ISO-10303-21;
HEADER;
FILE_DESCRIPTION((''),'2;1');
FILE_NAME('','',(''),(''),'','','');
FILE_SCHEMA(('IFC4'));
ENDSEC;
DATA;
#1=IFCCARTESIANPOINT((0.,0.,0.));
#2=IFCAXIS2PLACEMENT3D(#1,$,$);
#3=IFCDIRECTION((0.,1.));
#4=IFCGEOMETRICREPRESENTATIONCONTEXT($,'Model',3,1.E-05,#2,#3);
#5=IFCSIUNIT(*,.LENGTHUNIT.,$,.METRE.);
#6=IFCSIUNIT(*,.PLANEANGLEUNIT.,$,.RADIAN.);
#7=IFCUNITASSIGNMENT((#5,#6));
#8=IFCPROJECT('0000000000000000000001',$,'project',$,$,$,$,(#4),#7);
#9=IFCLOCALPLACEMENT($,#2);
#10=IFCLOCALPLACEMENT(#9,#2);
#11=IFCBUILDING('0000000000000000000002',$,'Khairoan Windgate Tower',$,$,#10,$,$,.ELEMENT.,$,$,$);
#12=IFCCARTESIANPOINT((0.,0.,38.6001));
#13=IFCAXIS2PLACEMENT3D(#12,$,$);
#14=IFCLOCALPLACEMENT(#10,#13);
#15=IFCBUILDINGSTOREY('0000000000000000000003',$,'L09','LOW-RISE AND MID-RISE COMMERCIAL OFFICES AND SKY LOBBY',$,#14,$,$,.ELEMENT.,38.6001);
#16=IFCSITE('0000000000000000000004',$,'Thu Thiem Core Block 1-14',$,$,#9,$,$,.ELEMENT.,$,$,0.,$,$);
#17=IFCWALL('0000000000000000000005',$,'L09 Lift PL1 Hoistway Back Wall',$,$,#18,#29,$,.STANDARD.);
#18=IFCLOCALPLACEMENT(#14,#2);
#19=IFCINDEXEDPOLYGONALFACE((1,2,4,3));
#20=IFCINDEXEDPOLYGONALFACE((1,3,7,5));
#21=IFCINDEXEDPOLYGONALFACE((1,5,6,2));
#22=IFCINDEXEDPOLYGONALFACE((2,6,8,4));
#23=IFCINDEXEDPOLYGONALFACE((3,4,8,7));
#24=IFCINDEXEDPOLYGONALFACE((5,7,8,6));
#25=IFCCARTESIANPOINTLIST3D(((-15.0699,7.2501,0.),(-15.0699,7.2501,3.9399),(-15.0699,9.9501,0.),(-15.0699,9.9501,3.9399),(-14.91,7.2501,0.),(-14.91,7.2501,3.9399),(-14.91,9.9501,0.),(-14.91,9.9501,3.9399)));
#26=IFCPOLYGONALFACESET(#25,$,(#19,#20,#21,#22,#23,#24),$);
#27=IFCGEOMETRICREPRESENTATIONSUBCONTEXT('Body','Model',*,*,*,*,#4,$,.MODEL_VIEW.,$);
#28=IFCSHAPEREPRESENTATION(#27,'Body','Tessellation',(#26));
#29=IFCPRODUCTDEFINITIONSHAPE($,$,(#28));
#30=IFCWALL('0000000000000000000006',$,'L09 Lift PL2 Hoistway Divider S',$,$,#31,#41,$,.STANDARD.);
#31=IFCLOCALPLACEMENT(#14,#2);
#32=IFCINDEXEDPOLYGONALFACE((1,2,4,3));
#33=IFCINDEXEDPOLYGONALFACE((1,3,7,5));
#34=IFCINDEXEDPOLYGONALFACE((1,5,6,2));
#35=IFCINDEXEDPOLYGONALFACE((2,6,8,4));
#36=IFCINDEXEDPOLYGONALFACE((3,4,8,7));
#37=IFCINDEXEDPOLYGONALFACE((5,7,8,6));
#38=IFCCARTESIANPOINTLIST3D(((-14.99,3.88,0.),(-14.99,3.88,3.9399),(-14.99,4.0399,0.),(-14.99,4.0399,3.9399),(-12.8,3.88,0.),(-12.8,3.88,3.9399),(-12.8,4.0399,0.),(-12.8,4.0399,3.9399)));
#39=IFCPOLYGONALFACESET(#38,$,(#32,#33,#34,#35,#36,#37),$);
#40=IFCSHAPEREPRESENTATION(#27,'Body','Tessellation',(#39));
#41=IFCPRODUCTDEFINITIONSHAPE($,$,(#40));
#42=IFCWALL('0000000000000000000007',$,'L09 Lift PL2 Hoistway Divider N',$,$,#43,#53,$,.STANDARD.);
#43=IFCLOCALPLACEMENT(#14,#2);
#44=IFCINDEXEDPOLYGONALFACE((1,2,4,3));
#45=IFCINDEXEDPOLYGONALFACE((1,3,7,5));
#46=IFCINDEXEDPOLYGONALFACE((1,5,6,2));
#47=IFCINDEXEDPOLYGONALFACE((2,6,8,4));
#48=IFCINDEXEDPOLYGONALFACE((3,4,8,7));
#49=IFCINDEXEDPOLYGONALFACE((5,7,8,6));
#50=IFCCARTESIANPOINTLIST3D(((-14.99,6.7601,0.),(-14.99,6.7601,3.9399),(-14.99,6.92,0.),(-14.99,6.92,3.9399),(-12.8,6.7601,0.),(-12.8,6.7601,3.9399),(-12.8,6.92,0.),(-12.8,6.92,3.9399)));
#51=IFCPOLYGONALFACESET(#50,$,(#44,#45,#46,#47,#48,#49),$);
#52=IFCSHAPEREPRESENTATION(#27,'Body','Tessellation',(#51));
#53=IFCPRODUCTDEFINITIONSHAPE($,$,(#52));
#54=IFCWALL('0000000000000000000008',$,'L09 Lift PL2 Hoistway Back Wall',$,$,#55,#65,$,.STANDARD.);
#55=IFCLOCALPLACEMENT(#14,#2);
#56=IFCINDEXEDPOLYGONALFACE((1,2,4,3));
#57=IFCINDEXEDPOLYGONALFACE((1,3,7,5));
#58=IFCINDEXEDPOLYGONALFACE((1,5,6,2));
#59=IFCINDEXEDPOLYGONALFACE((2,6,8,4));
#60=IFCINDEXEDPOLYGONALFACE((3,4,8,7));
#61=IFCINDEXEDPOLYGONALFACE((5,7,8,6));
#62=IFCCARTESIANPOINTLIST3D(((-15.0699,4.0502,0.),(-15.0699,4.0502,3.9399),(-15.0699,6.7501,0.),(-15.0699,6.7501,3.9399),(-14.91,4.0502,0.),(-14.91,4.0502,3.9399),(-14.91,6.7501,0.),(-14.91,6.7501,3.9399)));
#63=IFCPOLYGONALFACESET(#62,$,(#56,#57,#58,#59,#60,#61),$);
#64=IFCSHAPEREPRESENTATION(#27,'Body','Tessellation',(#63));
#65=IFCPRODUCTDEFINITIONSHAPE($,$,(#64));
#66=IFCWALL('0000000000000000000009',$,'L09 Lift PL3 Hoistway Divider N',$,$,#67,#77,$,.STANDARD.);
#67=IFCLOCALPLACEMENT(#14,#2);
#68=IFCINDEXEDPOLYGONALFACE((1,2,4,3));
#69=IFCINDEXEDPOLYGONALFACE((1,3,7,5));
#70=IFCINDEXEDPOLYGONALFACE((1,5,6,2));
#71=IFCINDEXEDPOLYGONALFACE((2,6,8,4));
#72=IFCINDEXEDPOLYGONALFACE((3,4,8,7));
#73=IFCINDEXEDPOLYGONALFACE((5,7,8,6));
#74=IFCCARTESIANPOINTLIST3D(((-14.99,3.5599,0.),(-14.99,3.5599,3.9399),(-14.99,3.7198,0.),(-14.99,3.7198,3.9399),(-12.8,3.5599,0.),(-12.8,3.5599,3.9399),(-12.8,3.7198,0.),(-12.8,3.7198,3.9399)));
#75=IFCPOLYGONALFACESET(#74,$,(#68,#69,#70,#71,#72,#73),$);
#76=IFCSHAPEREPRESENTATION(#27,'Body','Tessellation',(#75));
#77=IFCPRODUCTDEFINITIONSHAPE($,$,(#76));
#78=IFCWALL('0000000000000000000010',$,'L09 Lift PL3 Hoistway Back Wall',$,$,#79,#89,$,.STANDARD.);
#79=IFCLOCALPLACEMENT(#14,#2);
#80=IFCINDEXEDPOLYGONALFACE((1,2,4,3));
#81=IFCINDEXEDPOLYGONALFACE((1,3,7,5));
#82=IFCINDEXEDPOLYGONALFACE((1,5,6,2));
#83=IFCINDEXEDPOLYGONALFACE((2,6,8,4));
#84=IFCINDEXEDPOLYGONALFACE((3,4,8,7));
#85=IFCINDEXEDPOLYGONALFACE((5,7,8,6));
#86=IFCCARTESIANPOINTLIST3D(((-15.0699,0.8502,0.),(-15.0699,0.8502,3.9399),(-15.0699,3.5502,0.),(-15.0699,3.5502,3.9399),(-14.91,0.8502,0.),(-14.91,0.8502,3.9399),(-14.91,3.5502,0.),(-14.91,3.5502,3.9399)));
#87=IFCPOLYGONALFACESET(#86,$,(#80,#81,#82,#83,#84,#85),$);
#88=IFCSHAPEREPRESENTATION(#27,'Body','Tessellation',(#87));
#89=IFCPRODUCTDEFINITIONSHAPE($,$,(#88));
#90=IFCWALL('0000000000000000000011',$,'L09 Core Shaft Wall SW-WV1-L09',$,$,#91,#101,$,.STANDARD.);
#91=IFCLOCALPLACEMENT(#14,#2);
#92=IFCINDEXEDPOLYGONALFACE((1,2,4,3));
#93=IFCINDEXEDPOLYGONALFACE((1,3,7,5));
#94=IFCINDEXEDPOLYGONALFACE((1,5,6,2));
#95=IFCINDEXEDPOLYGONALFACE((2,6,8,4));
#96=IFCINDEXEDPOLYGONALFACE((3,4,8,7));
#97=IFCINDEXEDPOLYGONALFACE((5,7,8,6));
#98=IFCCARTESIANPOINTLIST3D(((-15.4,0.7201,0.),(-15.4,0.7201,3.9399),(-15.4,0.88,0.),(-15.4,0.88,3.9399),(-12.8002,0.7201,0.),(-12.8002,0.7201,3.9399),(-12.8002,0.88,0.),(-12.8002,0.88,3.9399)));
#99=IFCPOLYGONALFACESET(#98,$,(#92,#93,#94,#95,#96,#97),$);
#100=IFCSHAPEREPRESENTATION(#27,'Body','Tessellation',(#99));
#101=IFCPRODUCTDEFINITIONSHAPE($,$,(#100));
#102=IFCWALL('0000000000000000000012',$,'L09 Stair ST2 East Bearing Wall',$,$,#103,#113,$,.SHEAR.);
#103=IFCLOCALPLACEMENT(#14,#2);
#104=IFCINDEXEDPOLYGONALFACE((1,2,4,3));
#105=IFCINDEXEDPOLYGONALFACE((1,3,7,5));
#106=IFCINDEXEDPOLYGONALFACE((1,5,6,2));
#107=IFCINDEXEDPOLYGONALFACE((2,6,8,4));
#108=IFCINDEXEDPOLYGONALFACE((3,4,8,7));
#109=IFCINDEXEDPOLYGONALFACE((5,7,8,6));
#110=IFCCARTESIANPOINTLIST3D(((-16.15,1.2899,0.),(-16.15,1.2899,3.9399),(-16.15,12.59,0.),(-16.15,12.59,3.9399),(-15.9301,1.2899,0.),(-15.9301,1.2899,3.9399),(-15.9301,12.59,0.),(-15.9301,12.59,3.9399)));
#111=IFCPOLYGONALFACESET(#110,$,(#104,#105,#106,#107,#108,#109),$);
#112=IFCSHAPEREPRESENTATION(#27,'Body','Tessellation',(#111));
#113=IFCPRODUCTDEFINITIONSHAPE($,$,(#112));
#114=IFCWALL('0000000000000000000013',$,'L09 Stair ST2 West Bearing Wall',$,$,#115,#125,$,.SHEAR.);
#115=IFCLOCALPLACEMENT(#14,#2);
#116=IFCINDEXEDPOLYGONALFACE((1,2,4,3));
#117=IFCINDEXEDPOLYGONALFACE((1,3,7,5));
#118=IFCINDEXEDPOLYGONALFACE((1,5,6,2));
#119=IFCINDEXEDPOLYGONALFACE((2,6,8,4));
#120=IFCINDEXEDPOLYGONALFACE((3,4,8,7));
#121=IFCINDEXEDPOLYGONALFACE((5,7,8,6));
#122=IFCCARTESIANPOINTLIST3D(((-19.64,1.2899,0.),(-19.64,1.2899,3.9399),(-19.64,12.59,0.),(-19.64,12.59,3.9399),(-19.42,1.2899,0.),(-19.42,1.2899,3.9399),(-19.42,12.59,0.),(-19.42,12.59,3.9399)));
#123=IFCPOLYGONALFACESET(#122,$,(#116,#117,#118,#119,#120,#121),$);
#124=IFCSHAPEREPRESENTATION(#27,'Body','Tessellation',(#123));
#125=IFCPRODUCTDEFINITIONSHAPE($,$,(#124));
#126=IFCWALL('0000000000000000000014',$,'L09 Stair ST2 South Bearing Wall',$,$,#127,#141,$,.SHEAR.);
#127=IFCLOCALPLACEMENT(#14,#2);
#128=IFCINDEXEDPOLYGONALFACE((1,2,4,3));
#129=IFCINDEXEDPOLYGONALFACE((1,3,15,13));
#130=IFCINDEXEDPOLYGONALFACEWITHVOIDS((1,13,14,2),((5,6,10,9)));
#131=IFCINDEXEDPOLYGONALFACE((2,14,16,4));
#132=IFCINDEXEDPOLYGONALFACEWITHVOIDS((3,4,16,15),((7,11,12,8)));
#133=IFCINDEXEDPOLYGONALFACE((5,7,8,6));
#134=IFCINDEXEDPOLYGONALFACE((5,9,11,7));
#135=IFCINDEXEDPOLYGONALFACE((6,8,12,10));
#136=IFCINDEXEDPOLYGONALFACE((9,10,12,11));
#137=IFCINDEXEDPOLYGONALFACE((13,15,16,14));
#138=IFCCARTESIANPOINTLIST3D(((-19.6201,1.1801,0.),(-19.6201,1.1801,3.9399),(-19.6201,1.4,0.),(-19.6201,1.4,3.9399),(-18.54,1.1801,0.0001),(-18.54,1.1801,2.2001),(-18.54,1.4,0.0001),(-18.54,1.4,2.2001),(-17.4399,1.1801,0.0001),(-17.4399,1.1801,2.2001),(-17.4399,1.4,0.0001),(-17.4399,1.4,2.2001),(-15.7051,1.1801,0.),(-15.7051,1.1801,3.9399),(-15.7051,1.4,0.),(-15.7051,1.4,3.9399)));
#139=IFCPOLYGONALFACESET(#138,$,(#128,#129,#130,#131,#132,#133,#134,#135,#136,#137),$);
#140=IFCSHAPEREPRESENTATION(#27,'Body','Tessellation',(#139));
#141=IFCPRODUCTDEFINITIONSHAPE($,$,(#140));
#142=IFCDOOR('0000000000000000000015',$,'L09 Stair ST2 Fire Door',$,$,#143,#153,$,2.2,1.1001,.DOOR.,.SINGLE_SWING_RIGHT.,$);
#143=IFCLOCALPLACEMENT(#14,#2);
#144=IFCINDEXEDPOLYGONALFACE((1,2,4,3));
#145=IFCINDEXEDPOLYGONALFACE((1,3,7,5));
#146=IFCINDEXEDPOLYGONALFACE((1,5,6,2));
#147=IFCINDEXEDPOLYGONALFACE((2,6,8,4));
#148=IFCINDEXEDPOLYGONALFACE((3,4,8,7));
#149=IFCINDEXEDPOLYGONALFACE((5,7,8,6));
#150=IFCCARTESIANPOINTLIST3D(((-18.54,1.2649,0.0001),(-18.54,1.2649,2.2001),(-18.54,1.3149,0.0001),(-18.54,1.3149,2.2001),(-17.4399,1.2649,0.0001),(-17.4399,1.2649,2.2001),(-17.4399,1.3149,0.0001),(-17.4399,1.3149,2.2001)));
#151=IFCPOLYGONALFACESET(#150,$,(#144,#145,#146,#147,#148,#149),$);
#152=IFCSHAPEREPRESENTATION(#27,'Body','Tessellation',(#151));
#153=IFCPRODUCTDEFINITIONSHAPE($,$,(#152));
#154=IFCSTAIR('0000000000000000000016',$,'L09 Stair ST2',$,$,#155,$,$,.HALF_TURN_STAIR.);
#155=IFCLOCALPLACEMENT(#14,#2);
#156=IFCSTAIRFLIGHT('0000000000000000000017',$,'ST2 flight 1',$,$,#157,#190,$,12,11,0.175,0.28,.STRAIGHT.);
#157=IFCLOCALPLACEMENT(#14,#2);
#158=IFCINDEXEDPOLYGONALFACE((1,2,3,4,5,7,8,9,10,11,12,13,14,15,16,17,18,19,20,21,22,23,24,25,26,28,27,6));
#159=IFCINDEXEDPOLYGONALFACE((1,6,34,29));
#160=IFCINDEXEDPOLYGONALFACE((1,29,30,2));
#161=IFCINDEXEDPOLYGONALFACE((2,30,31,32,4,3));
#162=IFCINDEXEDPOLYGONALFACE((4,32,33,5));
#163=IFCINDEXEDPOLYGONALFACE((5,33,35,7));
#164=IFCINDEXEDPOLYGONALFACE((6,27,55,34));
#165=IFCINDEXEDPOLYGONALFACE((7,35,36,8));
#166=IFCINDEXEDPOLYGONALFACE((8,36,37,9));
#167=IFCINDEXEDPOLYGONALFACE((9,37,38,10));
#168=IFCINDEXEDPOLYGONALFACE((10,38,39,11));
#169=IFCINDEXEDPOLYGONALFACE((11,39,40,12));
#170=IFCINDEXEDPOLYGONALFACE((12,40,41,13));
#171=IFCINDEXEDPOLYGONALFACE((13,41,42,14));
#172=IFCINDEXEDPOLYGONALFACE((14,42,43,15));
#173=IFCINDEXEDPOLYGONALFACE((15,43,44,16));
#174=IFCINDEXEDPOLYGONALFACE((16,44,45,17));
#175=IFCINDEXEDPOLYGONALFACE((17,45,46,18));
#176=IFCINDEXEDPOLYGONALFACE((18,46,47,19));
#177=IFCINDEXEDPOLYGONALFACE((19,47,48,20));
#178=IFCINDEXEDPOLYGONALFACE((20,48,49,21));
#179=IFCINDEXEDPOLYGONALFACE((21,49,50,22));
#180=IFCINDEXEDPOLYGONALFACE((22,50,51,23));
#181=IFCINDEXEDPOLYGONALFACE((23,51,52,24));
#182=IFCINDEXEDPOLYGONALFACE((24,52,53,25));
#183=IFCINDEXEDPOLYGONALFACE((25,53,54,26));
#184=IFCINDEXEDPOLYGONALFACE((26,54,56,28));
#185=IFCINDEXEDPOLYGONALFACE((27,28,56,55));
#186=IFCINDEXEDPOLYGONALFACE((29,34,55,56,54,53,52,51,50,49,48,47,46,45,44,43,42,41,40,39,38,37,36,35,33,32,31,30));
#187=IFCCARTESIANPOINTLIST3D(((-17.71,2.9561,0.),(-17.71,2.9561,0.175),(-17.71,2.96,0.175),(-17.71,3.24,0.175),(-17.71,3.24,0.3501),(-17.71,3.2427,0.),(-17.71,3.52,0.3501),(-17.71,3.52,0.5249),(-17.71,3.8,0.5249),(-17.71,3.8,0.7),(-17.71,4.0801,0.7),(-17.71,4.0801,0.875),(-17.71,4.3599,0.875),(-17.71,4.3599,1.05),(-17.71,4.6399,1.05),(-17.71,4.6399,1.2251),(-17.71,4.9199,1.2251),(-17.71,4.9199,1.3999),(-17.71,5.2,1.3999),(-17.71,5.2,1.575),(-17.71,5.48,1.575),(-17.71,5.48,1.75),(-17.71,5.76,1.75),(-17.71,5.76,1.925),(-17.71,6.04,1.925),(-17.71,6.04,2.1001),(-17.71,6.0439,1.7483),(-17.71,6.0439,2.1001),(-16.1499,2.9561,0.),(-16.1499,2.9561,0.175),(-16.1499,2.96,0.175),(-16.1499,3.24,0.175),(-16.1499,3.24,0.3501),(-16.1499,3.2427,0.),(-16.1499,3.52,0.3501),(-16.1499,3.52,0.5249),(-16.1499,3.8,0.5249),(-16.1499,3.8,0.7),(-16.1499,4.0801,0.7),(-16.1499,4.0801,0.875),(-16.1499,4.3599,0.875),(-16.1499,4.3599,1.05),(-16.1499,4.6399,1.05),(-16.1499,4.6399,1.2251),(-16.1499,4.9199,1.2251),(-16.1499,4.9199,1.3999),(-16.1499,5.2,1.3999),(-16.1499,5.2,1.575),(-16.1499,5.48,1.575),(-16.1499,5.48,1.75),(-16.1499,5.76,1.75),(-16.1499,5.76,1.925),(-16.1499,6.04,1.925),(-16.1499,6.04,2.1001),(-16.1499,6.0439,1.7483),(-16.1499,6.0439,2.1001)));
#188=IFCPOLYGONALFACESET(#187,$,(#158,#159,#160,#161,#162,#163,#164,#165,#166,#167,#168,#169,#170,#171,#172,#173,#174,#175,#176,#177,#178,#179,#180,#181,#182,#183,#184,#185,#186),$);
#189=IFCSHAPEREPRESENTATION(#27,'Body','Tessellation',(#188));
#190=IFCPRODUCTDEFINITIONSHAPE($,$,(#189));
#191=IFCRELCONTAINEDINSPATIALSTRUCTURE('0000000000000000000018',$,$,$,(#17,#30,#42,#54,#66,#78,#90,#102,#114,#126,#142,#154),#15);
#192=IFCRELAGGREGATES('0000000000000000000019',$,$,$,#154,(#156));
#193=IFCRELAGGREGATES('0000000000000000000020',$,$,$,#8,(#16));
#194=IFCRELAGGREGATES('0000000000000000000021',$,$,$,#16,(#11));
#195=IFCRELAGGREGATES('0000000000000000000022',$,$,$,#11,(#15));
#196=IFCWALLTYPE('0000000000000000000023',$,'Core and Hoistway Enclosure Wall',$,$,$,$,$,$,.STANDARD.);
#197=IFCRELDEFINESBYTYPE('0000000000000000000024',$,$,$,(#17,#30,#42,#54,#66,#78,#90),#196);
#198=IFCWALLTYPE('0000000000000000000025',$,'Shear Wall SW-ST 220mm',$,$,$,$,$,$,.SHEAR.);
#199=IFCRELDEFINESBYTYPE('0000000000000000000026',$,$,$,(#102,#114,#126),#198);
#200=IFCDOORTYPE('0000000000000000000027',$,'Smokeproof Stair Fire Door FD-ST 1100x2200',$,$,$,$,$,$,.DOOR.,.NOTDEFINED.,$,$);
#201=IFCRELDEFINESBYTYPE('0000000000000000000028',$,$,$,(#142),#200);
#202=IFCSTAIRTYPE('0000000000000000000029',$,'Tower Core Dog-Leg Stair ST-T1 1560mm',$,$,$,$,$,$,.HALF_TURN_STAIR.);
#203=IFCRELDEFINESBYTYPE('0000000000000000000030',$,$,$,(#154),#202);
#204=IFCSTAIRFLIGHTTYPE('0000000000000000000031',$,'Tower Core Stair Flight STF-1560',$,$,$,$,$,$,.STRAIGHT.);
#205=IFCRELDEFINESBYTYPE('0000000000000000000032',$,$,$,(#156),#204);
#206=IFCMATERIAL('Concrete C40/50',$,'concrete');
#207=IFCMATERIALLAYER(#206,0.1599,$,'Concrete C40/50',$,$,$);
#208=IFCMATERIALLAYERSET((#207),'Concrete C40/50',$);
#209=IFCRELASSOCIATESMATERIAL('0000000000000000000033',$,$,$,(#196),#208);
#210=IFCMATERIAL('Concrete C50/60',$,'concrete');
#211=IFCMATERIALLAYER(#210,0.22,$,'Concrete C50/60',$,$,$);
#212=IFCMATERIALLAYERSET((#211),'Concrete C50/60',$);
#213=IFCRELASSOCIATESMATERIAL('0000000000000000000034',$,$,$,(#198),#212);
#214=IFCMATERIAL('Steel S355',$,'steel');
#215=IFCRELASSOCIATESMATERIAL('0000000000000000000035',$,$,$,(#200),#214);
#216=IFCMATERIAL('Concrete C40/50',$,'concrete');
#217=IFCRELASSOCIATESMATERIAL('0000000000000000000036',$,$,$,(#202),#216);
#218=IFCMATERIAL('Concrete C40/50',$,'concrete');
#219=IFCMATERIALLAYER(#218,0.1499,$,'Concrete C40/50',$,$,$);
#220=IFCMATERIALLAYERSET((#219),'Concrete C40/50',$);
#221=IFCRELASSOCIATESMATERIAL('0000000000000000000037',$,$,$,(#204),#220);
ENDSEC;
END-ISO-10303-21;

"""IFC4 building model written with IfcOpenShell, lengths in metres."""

from ifc_helpers import new_model, si_unit, direction, frame, frame_2d, origin, place, context, subcontext, project, spatial, polyline, rectangle, outline, extrude, material, layer, layer_set, type_object, element, fill, aggregate, save


model = new_model("IFC4")

# Units and contexts
model_context = context("Model", 3, precision=1e-05, world=origin(), true_north=direction((0.0, 1.0)))
body_context = subcontext(model_context, "Body", "Model", "MODEL_VIEW")
ifc_project = project(units=[si_unit("LENGTHUNIT", "METRE"), si_unit("PLANEANGLEUNIT", "RADIAN")], contexts=[model_context])

# Site, building, storey
site_placement = place(None, origin())
site = spatial("IfcSite", under=ifc_project, at=site_placement, Name="Thu Thiem Core Block 1-14", CompositionType="ELEMENT", RefElevation=0.0)
building_placement = place(site_placement, origin())
building = spatial("IfcBuilding", under=site, at=building_placement, Name="Khairoan Windgate Tower", CompositionType="ELEMENT")
storey_placement = place(building_placement, frame((0.0, 0.0, 38.6001)))
storey = spatial("IfcBuildingStorey", under=building, at=storey_placement, Name="L09", Description="LOW-RISE AND MID-RISE COMMERCIAL OFFICES AND SKY LOBBY", CompositionType="ELEMENT", Elevation=38.6001)

# Walls
ifc_material_1 = material(Name="Concrete C40/50", Category="concrete")
ifc_layer_1 = layer(ifc_material_1, 0.1599, Name="Concrete C40/50")
ifc_layer_set_1 = layer_set([ifc_layer_1], Name="Concrete C40/50")
wall_type_1 = type_object("IfcWallType", Name="Core and Hoistway Enclosure Wall", PredefinedType="STANDARD", material=ifc_layer_set_1)
wall_1_placement = place(storey_placement, frame((-14.99, 7.25, 0.0), z_axis=(0.0, 0.0, 1.0), x_axis=(0.0, 1.0, 0.0)))
element("IfcWall", 1, at=wall_1_placement, inside=storey, type_object=wall_type_1, Name="L09 Lift PL1 Hoistway Back Wall", PredefinedType="STANDARD", context=body_context, shape_type="SweptSolid", body=[
    extrude(rectangle(XDim=2.7, YDim=0.1599, at=frame_2d((1.3501, 0.0))), origin(), (0.0, 0.0, 1.0), 3.9399),
])
for number, where, z_axis, x_axis, name in (
    (2, (-14.99, 3.96, 0.0), (0.0, 0.0, 1.0), (1.0, 0.0, 0.0), "L09 Lift PL2 Hoistway Divider S"),
    (3, (-14.99, 6.8401, 0.0), (0.0, 0.0, 1.0), (1.0, 0.0, 0.0), "L09 Lift PL2 Hoistway Divider N"),
):
    element("IfcWall", number, at=place(storey_placement, frame(where, z_axis=z_axis, x_axis=x_axis)), inside=storey, type_object=wall_type_1, Name=name, PredefinedType="STANDARD", context=body_context, shape_type="SweptSolid", body=[
        extrude(rectangle(XDim=2.1899, YDim=0.1599, at=frame_2d((1.095, 0.0))), origin(), (0.0, 0.0, 1.0), 3.9399),
    ])
wall_2_placement = place(storey_placement, frame((-14.99, 4.05, 0.0), z_axis=(0.0, 0.0, 1.0), x_axis=(0.0, 1.0, 0.0)))
element("IfcWall", 4, at=wall_2_placement, inside=storey, type_object=wall_type_1, Name="L09 Lift PL2 Hoistway Back Wall", PredefinedType="STANDARD", context=body_context, shape_type="SweptSolid", body=[
    extrude(rectangle(XDim=2.7, YDim=0.1599, at=frame_2d((1.3501, 0.0))), origin(), (0.0, 0.0, 1.0), 3.9399),
])
wall_3_placement = place(storey_placement, frame((-14.99, 3.6399, 0.0), z_axis=(0.0, 0.0, 1.0), x_axis=(1.0, 0.0, 0.0)))
element("IfcWall", 5, at=wall_3_placement, inside=storey, type_object=wall_type_1, Name="L09 Lift PL3 Hoistway Divider N", PredefinedType="STANDARD", context=body_context, shape_type="SweptSolid", body=[
    extrude(rectangle(XDim=2.1899, YDim=0.1599, at=frame_2d((1.095, 0.0))), origin(), (0.0, 0.0, 1.0), 3.9399),
])
wall_4_placement = place(storey_placement, frame((-14.99, 0.8501, 0.0), z_axis=(0.0, 0.0, 1.0), x_axis=(0.0, 1.0, 0.0)))
element("IfcWall", 6, at=wall_4_placement, inside=storey, type_object=wall_type_1, Name="L09 Lift PL3 Hoistway Back Wall", PredefinedType="STANDARD", context=body_context, shape_type="SweptSolid", body=[
    extrude(rectangle(XDim=2.7, YDim=0.1599, at=frame_2d((1.3501, 0.0))), origin(), (0.0, 0.0, 1.0), 3.9399),
])
wall_5_placement = place(storey_placement, frame((-15.3999, 0.8, 0.0), z_axis=(0.0, 0.0, 1.0), x_axis=(1.0, 0.0, 0.0)))
element("IfcWall", 7, at=wall_5_placement, inside=storey, type_object=wall_type_1, Name="L09 Core Shaft Wall SW-WV1-L09", PredefinedType="STANDARD", context=body_context, shape_type="SweptSolid", body=[
    extrude(rectangle(XDim=2.5999, YDim=0.1599, at=frame_2d((1.2998, 0.0))), origin(), (0.0, 0.0, 1.0), 3.9399),
])
ifc_material_2 = material(Name="Concrete C50/60", Category="concrete")
ifc_layer_2 = layer(ifc_material_2, 0.22, Name="Concrete C50/60")
ifc_layer_set_2 = layer_set([ifc_layer_2], Name="Concrete C50/60")
wall_type_2 = type_object("IfcWallType", Name="Shear Wall SW-ST 220mm", PredefinedType="SHEAR", material=ifc_layer_set_2)
for number, where, z_axis, x_axis, name in (
    (8, (-16.04, 1.29, 0.0), (0.0, 0.0, 1.0), (0.0, 1.0, 0.0), "L09 Stair ST2 East Bearing Wall"),
    (9, (-19.53, 1.29, 0.0), (0.0, 0.0, 1.0), (0.0, 1.0, 0.0), "L09 Stair ST2 West Bearing Wall"),
):
    element("IfcWall", number, at=place(storey_placement, frame(where, z_axis=z_axis, x_axis=x_axis)), inside=storey, type_object=wall_type_2, Name=name, PredefinedType="SHEAR", context=body_context, shape_type="SweptSolid", body=[
        extrude(rectangle(XDim=11.3, YDim=0.22, at=frame_2d((5.6499, 0.0))), origin(), (0.0, 0.0, 1.0), 3.9399),
    ])

# Wall, opening, door
wall_6_placement = place(storey_placement, frame((-19.6201, 1.29, 0.0), z_axis=(0.0, 0.0, 1.0), x_axis=(1.0, 0.0, 0.0)))
wall_6 = element("IfcWall", 10, at=wall_6_placement, inside=storey, type_object=wall_type_2, Name="L09 Stair ST2 South Bearing Wall", PredefinedType="SHEAR", context=body_context, shape_type="SweptSolid", body=[
    extrude(rectangle(XDim=3.915, YDim=0.22, at=frame_2d((1.9575, 0.0))), origin(), (0.0, 0.0, 1.0), 3.9399),
])
opening_placement = place(wall_6_placement, frame((1.0801, 0.0, 0.0)))
opening = element("IfcOpeningElement", 11, at=opening_placement, cuts=wall_6, PredefinedType="OPENING", context=body_context, shape_type="SweptSolid", body=[
    extrude(rectangle(XDim=1.1001, YDim=2.2, at=frame_2d((0.55, 1.1001))), frame((0.0, 0.1199, 0.0), z_axis=(0.0, -1.0, 0.0), x_axis=(1.0, 0.0, 0.0)), (0.0, 0.0, 1.0), 0.24),
])
ifc_material_3 = material(Name="Steel S355", Category="steel")
door_type = type_object("IfcDoorType", Name="Smokeproof Stair Fire Door FD-ST 1100x2200", OperationType="NOTDEFINED", PredefinedType="DOOR", material=ifc_material_3)
door_placement = place(opening_placement, origin())
door = element("IfcDoor", 12, at=door_placement, inside=storey, type_object=door_type, Name="L09 Stair ST2 Fire Door", OperationType="SINGLE_SWING_RIGHT", OverallHeight=2.2, OverallWidth=1.1001, PredefinedType="DOOR", context=body_context, shape_type="SweptSolid", body=[
    extrude(rectangle(XDim=1.1001, YDim=2.2, at=frame_2d((0.55, 1.1001))), frame((0.0, 0.0249, 0.0), z_axis=(0.0, -1.0, 0.0), x_axis=(1.0, 0.0, 0.0)), (0.0, 0.0, 1.0), 0.05),
])
fill(opening, door)

# Stair, stair flight
ifc_material_4 = material(Name="Concrete C40/50", Category="concrete")
stair_type = type_object("IfcStairType", Name="Tower Core Dog-Leg Stair ST-T1 1560mm", PredefinedType="HALF_TURN_STAIR", material=ifc_material_4)
stair_placement = place(storey_placement, origin())
stair = element("IfcStair", 13, at=stair_placement, inside=storey, type_object=stair_type, Name="L09 Stair ST2", PredefinedType="HALF_TURN_STAIR")
ifc_material_5 = material(Name="Concrete C40/50", Category="concrete")
ifc_layer_3 = layer(ifc_material_5, 0.1499, Name="Concrete C40/50")
ifc_layer_set_3 = layer_set([ifc_layer_3], Name="Concrete C40/50")
stair_flight_type = type_object("IfcStairFlightType", Name="Tower Core Stair Flight STF-1560", PredefinedType="STRAIGHT", material=ifc_layer_set_3)
stair_flight_1_placement = place(storey_placement, frame((-16.9299, 2.96, 0.0), z_axis=(0.0, 0.0, 1.0), x_axis=(0.0, 1.0, 0.0)))
stair_flight_1 = element("IfcStairFlight", 14, at=stair_flight_1_placement, type_object=stair_flight_type, Name="ST2 flight 1", NumberOfRisers=12, NumberOfTreads=11, PredefinedType="STRAIGHT", RiserHeight=0.175, TreadLength=0.28, context=body_context, shape_type="SweptSolid", body=[
    extrude(outline(polyline([(-0.0039, 0.0), (-0.0039, 0.175), (0.0, 0.175), (0.28, 0.175), (0.28, 0.3501), (0.5601, 0.3501), (0.5601, 0.5249), (0.8401, 0.5249), (0.8401, 0.7), (1.1201, 0.7), (1.1201, 0.875), (1.3999, 0.875), (1.3999, 1.05), (1.6799, 1.05), (1.6799, 1.2251), (1.96, 1.2251), (1.96, 1.3999), (2.24, 1.3999), (2.24, 1.575), (2.52, 1.575), (2.52, 1.75), (2.8, 1.75), (2.8, 1.925), (3.0801, 1.925), (3.0801, 2.1001), (3.084, 2.1001), (3.084, 1.7483), (0.2827, 0.0), (-0.0039, 0.0)])), frame((0.0, 0.78, 0.0), z_axis=(0.0, -1.0, 0.0), x_axis=(1.0, 0.0, 0.0)), (0.0, 0.0, 1.0), 1.5601),
])
aggregate(stair, [stair_flight_1])

save(model, "model.ifc")
